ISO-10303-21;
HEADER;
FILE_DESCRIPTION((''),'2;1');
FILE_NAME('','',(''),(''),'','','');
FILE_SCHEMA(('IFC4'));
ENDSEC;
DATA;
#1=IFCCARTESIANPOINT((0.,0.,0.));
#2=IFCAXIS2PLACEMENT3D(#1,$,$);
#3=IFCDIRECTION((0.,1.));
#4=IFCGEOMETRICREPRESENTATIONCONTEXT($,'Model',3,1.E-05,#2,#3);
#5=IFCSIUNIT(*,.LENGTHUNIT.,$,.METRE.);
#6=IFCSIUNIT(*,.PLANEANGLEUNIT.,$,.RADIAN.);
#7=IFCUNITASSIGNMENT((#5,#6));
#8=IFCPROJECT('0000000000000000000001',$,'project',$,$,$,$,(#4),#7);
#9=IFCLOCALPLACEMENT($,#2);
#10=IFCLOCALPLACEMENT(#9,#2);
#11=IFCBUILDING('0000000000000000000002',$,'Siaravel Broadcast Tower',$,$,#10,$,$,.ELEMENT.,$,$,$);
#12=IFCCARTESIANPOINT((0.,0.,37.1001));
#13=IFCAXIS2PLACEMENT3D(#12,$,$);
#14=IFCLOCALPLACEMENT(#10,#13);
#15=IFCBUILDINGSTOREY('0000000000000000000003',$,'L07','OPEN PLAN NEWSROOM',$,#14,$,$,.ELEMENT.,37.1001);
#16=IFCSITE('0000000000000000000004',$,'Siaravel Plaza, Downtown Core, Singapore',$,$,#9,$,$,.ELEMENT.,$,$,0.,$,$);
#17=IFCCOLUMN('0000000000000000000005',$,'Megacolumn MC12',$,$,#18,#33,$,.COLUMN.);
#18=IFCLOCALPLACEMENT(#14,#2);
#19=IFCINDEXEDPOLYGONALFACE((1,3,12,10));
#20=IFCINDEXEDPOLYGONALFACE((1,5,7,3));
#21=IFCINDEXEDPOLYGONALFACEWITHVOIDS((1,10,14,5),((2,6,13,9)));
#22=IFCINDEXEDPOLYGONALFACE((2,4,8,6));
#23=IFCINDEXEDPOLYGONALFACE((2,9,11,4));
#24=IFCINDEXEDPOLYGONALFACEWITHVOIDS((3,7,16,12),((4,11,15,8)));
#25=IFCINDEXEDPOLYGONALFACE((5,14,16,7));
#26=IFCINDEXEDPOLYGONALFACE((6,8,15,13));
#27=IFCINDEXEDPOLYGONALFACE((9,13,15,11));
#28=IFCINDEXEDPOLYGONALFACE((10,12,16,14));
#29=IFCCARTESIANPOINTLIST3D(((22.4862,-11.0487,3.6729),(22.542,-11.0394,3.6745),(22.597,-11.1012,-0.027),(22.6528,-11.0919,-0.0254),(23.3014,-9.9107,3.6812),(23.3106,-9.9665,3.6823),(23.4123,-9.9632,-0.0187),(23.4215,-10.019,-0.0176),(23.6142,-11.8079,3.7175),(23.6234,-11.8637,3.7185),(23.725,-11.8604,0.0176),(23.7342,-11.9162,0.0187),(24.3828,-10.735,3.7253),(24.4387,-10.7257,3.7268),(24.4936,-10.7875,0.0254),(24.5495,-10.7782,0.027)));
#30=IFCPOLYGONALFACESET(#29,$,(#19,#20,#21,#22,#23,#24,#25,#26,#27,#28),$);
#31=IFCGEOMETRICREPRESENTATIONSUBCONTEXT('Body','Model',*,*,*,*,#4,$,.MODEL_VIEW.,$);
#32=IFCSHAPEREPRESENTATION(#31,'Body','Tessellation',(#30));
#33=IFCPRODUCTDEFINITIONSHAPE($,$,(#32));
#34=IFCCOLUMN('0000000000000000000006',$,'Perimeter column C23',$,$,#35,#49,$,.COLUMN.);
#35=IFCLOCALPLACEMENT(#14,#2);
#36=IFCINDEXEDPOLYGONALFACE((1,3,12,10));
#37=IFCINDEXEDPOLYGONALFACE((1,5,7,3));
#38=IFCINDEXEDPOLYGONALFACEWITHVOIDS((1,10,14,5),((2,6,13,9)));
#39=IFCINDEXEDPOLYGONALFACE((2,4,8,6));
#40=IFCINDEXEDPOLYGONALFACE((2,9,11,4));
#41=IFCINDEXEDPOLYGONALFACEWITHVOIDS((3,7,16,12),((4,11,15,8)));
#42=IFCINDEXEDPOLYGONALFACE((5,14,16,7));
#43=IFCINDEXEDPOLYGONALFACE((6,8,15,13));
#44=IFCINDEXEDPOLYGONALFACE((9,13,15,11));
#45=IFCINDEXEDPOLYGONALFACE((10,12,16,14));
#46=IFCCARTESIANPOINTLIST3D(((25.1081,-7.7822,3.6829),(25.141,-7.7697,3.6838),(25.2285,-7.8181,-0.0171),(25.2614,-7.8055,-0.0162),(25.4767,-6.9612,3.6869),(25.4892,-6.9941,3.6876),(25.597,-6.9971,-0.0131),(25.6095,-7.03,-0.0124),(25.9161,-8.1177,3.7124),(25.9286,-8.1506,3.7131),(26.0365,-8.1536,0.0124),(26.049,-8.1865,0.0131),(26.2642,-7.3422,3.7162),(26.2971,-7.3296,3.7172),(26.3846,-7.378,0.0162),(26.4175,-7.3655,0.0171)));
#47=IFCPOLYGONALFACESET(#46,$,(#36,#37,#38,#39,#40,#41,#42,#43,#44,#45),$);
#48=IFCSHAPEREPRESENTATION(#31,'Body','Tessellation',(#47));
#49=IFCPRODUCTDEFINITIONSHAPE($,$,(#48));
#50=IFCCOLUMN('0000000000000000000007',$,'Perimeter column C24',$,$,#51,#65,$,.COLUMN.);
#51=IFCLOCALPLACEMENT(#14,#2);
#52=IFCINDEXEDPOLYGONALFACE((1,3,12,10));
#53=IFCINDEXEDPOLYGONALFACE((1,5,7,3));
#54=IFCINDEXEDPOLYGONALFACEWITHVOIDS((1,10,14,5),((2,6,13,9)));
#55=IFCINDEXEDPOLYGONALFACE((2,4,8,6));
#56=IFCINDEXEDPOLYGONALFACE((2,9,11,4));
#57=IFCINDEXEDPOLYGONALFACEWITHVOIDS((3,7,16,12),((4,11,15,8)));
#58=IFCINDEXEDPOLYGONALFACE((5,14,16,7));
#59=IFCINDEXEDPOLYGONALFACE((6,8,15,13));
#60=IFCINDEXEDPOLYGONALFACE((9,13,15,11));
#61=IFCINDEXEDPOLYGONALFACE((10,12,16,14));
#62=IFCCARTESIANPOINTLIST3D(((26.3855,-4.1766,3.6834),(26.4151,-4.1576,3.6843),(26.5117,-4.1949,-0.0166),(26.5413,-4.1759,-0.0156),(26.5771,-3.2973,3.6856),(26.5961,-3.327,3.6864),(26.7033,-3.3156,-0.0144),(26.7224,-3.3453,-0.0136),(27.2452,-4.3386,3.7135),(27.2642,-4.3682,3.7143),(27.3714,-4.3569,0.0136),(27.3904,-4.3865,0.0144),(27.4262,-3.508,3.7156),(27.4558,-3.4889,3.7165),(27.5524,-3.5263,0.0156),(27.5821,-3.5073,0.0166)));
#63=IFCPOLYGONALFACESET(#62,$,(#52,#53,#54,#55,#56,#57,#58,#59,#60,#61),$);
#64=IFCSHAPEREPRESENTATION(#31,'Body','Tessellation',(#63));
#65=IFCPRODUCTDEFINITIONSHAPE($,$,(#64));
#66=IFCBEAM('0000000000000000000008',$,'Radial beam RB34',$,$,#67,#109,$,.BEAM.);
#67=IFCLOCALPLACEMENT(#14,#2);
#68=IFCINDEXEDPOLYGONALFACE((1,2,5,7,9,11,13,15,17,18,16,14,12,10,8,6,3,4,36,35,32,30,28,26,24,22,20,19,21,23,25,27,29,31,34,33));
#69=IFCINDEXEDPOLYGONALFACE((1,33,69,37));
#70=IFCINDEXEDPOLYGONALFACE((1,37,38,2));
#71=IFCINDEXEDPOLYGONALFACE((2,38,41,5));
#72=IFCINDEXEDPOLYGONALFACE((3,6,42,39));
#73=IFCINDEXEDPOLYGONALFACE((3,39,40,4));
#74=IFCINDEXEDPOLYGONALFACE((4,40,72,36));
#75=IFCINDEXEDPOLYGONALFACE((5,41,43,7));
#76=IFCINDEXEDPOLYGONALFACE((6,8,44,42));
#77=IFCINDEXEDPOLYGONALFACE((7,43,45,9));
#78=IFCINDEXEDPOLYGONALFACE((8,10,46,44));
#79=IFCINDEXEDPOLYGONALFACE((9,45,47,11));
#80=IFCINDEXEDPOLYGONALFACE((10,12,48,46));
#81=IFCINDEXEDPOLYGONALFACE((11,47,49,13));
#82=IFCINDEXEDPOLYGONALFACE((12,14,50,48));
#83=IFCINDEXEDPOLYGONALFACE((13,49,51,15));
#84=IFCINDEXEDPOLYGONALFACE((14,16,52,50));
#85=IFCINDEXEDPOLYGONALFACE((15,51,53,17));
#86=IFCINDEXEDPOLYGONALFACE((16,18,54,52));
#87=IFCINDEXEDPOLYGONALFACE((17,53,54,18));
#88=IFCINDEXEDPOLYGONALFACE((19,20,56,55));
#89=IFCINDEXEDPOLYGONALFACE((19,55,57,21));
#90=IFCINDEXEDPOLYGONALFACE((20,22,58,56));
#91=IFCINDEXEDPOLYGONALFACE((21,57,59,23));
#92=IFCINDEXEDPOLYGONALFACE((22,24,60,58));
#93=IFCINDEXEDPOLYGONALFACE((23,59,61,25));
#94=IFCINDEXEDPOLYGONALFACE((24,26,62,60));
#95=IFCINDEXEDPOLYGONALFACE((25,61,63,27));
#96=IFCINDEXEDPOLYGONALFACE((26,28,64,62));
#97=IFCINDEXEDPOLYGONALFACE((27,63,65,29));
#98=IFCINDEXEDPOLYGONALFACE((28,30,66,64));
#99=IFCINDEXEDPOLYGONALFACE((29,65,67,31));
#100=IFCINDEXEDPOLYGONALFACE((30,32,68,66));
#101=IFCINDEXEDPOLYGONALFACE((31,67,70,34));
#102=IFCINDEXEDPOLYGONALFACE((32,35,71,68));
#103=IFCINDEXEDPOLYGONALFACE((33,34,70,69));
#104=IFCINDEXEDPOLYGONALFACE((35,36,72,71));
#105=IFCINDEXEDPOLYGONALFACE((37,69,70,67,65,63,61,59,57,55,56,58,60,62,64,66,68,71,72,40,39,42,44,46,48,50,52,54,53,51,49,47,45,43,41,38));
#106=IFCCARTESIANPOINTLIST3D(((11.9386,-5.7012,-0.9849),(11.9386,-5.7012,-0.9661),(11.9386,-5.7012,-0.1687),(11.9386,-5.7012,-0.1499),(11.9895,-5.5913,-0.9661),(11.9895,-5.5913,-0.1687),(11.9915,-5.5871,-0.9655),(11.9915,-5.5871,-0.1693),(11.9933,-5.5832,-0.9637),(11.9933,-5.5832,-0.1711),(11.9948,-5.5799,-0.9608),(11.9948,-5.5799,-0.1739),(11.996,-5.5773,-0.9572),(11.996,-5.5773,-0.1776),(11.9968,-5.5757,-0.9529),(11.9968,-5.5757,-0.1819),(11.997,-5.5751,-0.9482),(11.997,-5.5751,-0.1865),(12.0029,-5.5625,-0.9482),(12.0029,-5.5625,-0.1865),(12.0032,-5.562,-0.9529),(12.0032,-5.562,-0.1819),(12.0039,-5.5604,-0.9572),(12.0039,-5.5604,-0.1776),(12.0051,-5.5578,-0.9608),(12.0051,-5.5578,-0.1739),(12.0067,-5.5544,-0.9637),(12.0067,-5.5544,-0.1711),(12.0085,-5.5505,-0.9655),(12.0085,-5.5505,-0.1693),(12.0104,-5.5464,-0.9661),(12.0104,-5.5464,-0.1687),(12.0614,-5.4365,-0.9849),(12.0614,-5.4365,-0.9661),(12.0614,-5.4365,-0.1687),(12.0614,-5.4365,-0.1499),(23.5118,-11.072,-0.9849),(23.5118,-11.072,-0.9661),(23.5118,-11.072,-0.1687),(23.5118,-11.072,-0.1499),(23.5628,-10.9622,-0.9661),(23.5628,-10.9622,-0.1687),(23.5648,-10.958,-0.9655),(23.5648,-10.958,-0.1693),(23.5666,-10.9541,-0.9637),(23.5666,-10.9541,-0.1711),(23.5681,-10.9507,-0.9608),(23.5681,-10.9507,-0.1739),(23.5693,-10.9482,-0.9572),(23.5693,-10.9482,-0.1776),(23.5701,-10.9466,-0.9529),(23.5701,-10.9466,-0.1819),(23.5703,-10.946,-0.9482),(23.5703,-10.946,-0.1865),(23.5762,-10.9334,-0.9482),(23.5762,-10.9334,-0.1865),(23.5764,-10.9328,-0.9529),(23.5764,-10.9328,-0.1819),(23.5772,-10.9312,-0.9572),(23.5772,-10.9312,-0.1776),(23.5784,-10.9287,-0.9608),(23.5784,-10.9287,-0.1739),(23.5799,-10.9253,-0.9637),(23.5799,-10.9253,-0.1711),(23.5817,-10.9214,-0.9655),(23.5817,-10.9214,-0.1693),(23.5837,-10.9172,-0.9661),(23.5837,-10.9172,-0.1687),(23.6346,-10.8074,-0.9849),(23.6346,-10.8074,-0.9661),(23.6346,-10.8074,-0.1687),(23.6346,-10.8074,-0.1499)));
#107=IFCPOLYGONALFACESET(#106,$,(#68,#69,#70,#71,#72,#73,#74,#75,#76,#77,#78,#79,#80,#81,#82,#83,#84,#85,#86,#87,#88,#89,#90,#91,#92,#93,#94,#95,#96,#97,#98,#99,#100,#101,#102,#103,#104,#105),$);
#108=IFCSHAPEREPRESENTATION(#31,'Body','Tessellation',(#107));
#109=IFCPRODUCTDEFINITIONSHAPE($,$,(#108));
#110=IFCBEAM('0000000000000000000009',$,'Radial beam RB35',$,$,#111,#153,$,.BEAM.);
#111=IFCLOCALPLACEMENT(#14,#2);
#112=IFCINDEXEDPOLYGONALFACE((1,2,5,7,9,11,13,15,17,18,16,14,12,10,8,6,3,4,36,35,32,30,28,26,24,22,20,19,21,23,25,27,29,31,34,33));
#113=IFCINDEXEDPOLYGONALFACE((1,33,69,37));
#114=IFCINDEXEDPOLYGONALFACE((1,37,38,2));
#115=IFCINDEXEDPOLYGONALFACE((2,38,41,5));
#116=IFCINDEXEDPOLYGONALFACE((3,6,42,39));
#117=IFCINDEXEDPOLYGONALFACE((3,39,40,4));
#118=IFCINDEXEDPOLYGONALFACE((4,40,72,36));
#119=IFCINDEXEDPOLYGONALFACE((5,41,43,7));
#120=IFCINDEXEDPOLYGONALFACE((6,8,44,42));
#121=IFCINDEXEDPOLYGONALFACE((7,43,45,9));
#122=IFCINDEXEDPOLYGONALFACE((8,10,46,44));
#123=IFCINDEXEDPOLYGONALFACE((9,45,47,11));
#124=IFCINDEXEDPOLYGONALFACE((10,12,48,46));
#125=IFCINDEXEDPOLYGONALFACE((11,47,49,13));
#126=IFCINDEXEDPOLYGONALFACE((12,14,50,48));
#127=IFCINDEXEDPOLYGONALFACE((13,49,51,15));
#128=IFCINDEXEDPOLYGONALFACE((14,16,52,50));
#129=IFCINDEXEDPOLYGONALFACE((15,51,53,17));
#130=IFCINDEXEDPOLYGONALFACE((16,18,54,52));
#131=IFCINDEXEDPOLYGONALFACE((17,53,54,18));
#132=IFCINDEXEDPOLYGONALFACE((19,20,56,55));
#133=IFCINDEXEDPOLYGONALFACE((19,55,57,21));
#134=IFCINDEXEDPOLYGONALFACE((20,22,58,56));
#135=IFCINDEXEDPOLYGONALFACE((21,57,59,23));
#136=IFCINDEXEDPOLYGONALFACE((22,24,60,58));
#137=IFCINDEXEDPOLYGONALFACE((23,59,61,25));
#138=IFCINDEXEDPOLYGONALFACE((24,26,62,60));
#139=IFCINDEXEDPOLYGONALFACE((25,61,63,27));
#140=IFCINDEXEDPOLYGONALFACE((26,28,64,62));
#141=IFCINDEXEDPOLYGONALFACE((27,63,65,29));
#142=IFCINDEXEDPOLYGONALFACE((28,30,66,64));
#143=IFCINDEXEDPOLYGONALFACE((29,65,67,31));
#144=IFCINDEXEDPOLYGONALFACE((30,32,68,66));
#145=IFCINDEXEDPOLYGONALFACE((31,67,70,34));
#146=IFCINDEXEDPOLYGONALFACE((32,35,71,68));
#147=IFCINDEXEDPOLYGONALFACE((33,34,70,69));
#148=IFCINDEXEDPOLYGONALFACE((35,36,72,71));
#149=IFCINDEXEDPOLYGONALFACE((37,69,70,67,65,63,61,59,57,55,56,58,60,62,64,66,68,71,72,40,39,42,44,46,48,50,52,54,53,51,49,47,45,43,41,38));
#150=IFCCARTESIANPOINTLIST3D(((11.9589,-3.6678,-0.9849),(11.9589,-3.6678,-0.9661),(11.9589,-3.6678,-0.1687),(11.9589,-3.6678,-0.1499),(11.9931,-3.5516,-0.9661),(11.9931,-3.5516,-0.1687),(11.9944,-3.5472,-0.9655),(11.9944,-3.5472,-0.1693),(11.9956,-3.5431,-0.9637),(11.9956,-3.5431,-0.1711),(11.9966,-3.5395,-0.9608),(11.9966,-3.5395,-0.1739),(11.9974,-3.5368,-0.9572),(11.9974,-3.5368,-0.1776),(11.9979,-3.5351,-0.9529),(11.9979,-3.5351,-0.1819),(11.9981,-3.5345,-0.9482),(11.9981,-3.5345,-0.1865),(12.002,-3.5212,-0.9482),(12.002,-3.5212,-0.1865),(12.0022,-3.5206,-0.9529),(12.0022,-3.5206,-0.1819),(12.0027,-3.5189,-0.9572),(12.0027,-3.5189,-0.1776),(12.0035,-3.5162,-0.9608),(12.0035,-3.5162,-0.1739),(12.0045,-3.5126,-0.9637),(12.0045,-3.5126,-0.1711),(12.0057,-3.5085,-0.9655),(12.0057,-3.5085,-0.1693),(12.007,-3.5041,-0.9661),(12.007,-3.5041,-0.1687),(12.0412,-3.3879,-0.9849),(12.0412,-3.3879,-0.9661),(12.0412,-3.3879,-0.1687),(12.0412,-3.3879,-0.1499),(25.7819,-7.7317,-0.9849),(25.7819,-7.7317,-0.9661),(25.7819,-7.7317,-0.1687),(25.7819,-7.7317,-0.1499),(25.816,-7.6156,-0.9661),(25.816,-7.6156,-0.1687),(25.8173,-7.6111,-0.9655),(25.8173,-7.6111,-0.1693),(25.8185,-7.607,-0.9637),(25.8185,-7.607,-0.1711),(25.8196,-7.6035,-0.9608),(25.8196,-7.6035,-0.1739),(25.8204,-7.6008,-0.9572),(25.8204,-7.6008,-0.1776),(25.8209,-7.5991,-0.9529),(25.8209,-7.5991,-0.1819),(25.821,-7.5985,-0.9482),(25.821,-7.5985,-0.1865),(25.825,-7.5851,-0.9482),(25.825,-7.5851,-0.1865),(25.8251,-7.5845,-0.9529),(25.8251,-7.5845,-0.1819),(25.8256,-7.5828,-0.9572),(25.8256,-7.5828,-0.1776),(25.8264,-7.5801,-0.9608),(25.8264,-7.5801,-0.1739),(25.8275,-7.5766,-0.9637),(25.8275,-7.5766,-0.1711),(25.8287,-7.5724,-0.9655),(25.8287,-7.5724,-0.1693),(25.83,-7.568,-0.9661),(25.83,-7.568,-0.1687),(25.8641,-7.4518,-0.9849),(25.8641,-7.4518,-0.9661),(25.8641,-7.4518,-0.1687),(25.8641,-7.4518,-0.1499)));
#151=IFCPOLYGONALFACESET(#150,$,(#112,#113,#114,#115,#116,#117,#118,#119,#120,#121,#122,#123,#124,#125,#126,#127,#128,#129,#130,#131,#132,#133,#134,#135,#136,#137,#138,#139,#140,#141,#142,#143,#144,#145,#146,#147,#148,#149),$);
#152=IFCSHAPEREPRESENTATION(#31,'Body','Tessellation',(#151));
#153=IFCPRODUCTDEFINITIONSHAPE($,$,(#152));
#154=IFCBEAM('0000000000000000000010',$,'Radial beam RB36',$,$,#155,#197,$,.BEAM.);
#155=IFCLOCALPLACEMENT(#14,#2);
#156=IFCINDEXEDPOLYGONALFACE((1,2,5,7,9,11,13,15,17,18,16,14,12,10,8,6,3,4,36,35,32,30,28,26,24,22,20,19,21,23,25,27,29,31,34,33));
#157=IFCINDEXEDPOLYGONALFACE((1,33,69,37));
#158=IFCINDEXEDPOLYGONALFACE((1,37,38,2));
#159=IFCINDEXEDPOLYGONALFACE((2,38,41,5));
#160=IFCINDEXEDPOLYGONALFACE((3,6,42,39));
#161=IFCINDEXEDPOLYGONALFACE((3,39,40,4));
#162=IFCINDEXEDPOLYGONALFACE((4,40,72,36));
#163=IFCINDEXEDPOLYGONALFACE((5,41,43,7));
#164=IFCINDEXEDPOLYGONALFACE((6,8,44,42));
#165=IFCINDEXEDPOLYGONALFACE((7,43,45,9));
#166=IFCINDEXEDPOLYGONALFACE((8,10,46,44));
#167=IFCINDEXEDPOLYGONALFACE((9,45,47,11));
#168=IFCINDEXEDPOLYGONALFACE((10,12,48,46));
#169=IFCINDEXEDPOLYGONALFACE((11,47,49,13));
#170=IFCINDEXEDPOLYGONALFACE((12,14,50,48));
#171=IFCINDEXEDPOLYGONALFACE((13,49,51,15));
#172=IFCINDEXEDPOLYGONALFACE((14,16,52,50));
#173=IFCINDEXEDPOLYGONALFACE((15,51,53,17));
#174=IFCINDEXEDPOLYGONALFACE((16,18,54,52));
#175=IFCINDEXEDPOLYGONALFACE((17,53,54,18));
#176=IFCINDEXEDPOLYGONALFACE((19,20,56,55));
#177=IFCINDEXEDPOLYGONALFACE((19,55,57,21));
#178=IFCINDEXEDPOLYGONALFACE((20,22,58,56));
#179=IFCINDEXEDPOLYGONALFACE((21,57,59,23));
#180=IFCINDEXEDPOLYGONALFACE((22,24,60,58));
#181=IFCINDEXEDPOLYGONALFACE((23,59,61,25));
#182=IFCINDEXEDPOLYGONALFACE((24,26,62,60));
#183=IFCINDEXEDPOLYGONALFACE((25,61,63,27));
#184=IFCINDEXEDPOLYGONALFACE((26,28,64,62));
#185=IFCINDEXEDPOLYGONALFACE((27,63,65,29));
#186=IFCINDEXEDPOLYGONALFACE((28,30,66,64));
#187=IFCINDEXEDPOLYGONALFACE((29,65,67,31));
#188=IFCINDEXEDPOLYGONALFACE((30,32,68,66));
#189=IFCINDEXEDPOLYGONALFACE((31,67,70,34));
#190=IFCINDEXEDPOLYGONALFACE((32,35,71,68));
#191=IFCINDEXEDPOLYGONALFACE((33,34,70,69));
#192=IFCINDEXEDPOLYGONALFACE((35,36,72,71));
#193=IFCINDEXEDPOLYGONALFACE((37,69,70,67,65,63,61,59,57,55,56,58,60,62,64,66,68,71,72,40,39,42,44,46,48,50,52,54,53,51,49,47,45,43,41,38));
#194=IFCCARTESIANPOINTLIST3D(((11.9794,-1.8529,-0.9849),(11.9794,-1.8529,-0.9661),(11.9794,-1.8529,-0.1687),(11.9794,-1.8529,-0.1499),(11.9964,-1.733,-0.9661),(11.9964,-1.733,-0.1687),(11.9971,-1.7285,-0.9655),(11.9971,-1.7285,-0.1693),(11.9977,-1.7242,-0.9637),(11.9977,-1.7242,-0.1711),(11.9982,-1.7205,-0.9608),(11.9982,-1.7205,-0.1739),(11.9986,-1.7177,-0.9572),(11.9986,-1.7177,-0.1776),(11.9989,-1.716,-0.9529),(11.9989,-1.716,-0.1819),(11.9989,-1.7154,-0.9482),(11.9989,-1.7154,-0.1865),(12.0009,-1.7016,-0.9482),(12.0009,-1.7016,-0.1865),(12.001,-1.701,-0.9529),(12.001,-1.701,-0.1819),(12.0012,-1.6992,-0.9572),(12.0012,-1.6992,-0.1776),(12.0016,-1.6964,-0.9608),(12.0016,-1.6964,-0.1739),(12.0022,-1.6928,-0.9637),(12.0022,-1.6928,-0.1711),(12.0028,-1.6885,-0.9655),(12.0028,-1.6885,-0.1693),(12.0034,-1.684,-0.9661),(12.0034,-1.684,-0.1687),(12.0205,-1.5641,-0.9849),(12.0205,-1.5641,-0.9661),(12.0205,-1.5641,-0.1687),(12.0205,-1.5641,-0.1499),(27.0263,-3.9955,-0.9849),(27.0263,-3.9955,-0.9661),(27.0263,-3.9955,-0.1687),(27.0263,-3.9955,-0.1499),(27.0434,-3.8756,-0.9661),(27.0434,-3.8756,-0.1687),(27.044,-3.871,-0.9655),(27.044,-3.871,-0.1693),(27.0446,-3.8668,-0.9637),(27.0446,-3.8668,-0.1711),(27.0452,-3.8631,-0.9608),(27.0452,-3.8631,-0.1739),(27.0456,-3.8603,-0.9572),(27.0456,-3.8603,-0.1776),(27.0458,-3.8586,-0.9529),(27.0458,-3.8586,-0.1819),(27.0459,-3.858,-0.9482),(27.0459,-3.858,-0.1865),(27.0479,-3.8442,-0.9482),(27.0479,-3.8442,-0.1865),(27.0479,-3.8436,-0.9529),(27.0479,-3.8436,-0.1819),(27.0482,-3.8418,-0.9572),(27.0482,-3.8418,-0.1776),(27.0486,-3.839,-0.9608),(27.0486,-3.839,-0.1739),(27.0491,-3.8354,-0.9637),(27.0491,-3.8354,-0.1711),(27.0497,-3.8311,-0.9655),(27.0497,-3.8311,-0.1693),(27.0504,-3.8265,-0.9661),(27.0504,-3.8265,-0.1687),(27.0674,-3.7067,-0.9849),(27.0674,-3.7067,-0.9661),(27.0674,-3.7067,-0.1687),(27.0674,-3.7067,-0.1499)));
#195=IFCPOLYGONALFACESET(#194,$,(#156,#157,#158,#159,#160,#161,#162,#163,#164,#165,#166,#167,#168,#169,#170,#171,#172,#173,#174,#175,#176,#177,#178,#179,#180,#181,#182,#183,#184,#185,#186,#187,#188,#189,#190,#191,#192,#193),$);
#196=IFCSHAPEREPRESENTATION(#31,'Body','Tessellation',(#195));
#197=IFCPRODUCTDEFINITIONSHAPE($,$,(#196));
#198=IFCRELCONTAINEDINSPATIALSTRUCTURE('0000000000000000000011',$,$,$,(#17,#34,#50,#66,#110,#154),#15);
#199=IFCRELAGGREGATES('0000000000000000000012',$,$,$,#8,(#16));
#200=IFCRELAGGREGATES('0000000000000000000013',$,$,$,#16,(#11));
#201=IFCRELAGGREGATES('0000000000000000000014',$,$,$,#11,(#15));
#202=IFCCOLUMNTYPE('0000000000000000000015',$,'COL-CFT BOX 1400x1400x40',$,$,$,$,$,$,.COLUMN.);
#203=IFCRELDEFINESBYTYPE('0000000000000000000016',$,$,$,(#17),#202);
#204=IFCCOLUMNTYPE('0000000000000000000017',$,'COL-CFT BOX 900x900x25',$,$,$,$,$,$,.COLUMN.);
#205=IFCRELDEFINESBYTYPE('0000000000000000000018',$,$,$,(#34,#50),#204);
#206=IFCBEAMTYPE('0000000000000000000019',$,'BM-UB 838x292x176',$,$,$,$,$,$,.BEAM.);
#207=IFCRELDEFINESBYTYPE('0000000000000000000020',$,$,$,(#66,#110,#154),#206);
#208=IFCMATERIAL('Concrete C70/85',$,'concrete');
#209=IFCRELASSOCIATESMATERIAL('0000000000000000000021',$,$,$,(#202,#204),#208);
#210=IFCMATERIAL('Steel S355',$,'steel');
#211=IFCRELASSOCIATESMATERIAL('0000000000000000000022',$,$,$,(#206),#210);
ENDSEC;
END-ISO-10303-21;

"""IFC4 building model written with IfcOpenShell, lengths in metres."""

from ifc_helpers import new_model, si_unit, direction, frame, origin, origin_2d, place, context, subcontext, project, spatial, hollow_rectangle, i_section, extrude, material, material_profile, profile_set, type_object, element, save


model = new_model("IFC4")

# Units and contexts
model_context = context("Model", 3, precision=1e-05, world=origin(), true_north=direction((0.0, 1.0)))
body_context = subcontext(model_context, "Body", "Model", "MODEL_VIEW")
ifc_project = project(units=[si_unit("LENGTHUNIT", "METRE"), si_unit("PLANEANGLEUNIT", "RADIAN")], contexts=[model_context])

# Site, building, storey
site_placement = place(None, origin())
site = spatial("IfcSite", under=ifc_project, at=site_placement, Name="Siaravel Plaza, Downtown Core, Singapore", CompositionType="ELEMENT", RefElevation=0.0)
building_placement = place(site_placement, origin())
building = spatial("IfcBuilding", under=site, at=building_placement, Name="Siaravel Broadcast Tower", CompositionType="ELEMENT")
storey_placement = place(building_placement, frame((0.0, 0.0, 37.1001)))
storey = spatial("IfcBuildingStorey", under=building, at=storey_placement, Name="L07", Description="OPEN PLAN NEWSROOM", CompositionType="ELEMENT", Elevation=37.1001)

# Columns
ifc_material_1 = material(Name="Concrete C70/85", Category="concrete")
ifc_material_profile_1 = material_profile(ifc_material_1, hollow_rectangle(XDim=1.3999, YDim=1.3999, WallThickness=0.04, at=origin_2d()))
ifc_profile_set_1 = profile_set([ifc_material_profile_1], Name="Concrete C70/85")
column_type_1 = type_object("IfcColumnType", Name="COL-CFT BOX 1400x1400x40", PredefinedType="COLUMN", material=ifc_profile_set_1)
column_placement = place(storey_placement, frame((23.5732, -10.9397, 0.0), z_axis=(-0.029941, 0.014179, 0.999451), x_axis=(-0.582371, -0.812901, -0.005914)))
element("IfcColumn", 1, at=column_placement, inside=storey, type_object=column_type_1, Name="Megacolumn MC12", PredefinedType="COLUMN", context=body_context, shape_type="SweptSolid", body=[
    extrude(hollow_rectangle(XDim=1.3999, YDim=1.3999, WallThickness=0.04, at=origin_2d()), origin(), (0.0, 0.0, 1.0), 3.7019),
])
ifc_material_profile_2 = material_profile(ifc_material_1, hollow_rectangle(XDim=0.8999, YDim=0.8999, WallThickness=0.0249, at=origin_2d()))
ifc_profile_set_2 = profile_set([ifc_material_profile_2], Name="Concrete C70/85")
column_type_2 = type_object("IfcColumnType", Name="COL-CFT BOX 900x900x25", PredefinedType="COLUMN", material=ifc_profile_set_2)
for number, where, z_axis, x_axis, name in (
    (2, (25.823, -7.5918, 0.0), (-0.032512, 0.009694, 0.999424), (-0.409504, -0.912297, -0.004472), "Perimeter column C23"),
    (3, (27.0469, -3.8511, 0.0), (-0.034094, 0.004946, 0.999406), (-0.212975, -0.977055, -0.00243), "Perimeter column C24"),
):
    element("IfcColumn", number, at=place(storey_placement, frame(where, z_axis=z_axis, x_axis=x_axis)), inside=storey, type_object=column_type_2, Name=name, PredefinedType="COLUMN", context=body_context, shape_type="SweptSolid", body=[
        extrude(hollow_rectangle(XDim=0.8999, YDim=0.8999, WallThickness=0.0249, at=origin_2d()), origin(), (0.0, 0.0, 1.0), 3.7021),
    ])

# Beams
ifc_material_2 = material(Name="Steel S355", Category="steel")
ifc_material_profile_3 = material_profile(ifc_material_2, i_section(OverallWidth=0.2917, OverallDepth=0.835, WebThickness=0.0139, FlangeThickness=0.0188, FilletRadius=0.0178, at=origin_2d()))
ifc_profile_set_3 = profile_set([ifc_material_profile_3], Name="Steel S355")
beam_type = type_object("IfcBeamType", Name="BM-UB 838x292x176", PredefinedType="BEAM", material=ifc_profile_set_3)
beam_1_placement = place(storey_placement, frame((23.5732, -10.9397, -0.5674), z_axis=(-0.907082, 0.420954, 0.0), x_axis=(-0.420954, -0.907082, 0.0)))
element("IfcBeam", 4, at=beam_1_placement, inside=storey, type_object=beam_type, Name="Radial beam RB34", PredefinedType="BEAM", context=body_context, shape_type="SweptSolid", body=[
    extrude(i_section(OverallWidth=0.2917, OverallDepth=0.835, WebThickness=0.0139, FlangeThickness=0.0188, FilletRadius=0.0178, at=origin_2d()), origin(), (0.0, 0.0, 1.0), 12.7588),
])
beam_2_placement = place(storey_placement, frame((25.823, -7.5918, -0.5674), z_axis=(-0.959396, 0.282063, 0.0), x_axis=(-0.282063, -0.959396, 0.0)))
element("IfcBeam", 5, at=beam_2_placement, inside=storey, type_object=beam_type, Name="Radial beam RB35", PredefinedType="BEAM", context=body_context, shape_type="SweptSolid", body=[
    extrude(i_section(OverallWidth=0.2917, OverallDepth=0.835, WebThickness=0.0139, FlangeThickness=0.0188, FilletRadius=0.0178, at=origin_2d()), origin(), (0.0, 0.0, 1.0), 14.408),
])
beam_3_placement = place(storey_placement, frame((27.0469, -3.8511, -0.5674), z_axis=(-0.990014, 0.140972, 0.0), x_axis=(-0.140972, -0.990014, 0.0)))
element("IfcBeam", 6, at=beam_3_placement, inside=storey, type_object=beam_type, Name="Radial beam RB36", PredefinedType="BEAM", context=body_context, shape_type="SweptSolid", body=[
    extrude(i_section(OverallWidth=0.2917, OverallDepth=0.835, WebThickness=0.0139, FlangeThickness=0.0188, FilletRadius=0.0178, at=origin_2d()), origin(), (0.0, 0.0, 1.0), 15.1987),
])

save(model, "model.ifc")
